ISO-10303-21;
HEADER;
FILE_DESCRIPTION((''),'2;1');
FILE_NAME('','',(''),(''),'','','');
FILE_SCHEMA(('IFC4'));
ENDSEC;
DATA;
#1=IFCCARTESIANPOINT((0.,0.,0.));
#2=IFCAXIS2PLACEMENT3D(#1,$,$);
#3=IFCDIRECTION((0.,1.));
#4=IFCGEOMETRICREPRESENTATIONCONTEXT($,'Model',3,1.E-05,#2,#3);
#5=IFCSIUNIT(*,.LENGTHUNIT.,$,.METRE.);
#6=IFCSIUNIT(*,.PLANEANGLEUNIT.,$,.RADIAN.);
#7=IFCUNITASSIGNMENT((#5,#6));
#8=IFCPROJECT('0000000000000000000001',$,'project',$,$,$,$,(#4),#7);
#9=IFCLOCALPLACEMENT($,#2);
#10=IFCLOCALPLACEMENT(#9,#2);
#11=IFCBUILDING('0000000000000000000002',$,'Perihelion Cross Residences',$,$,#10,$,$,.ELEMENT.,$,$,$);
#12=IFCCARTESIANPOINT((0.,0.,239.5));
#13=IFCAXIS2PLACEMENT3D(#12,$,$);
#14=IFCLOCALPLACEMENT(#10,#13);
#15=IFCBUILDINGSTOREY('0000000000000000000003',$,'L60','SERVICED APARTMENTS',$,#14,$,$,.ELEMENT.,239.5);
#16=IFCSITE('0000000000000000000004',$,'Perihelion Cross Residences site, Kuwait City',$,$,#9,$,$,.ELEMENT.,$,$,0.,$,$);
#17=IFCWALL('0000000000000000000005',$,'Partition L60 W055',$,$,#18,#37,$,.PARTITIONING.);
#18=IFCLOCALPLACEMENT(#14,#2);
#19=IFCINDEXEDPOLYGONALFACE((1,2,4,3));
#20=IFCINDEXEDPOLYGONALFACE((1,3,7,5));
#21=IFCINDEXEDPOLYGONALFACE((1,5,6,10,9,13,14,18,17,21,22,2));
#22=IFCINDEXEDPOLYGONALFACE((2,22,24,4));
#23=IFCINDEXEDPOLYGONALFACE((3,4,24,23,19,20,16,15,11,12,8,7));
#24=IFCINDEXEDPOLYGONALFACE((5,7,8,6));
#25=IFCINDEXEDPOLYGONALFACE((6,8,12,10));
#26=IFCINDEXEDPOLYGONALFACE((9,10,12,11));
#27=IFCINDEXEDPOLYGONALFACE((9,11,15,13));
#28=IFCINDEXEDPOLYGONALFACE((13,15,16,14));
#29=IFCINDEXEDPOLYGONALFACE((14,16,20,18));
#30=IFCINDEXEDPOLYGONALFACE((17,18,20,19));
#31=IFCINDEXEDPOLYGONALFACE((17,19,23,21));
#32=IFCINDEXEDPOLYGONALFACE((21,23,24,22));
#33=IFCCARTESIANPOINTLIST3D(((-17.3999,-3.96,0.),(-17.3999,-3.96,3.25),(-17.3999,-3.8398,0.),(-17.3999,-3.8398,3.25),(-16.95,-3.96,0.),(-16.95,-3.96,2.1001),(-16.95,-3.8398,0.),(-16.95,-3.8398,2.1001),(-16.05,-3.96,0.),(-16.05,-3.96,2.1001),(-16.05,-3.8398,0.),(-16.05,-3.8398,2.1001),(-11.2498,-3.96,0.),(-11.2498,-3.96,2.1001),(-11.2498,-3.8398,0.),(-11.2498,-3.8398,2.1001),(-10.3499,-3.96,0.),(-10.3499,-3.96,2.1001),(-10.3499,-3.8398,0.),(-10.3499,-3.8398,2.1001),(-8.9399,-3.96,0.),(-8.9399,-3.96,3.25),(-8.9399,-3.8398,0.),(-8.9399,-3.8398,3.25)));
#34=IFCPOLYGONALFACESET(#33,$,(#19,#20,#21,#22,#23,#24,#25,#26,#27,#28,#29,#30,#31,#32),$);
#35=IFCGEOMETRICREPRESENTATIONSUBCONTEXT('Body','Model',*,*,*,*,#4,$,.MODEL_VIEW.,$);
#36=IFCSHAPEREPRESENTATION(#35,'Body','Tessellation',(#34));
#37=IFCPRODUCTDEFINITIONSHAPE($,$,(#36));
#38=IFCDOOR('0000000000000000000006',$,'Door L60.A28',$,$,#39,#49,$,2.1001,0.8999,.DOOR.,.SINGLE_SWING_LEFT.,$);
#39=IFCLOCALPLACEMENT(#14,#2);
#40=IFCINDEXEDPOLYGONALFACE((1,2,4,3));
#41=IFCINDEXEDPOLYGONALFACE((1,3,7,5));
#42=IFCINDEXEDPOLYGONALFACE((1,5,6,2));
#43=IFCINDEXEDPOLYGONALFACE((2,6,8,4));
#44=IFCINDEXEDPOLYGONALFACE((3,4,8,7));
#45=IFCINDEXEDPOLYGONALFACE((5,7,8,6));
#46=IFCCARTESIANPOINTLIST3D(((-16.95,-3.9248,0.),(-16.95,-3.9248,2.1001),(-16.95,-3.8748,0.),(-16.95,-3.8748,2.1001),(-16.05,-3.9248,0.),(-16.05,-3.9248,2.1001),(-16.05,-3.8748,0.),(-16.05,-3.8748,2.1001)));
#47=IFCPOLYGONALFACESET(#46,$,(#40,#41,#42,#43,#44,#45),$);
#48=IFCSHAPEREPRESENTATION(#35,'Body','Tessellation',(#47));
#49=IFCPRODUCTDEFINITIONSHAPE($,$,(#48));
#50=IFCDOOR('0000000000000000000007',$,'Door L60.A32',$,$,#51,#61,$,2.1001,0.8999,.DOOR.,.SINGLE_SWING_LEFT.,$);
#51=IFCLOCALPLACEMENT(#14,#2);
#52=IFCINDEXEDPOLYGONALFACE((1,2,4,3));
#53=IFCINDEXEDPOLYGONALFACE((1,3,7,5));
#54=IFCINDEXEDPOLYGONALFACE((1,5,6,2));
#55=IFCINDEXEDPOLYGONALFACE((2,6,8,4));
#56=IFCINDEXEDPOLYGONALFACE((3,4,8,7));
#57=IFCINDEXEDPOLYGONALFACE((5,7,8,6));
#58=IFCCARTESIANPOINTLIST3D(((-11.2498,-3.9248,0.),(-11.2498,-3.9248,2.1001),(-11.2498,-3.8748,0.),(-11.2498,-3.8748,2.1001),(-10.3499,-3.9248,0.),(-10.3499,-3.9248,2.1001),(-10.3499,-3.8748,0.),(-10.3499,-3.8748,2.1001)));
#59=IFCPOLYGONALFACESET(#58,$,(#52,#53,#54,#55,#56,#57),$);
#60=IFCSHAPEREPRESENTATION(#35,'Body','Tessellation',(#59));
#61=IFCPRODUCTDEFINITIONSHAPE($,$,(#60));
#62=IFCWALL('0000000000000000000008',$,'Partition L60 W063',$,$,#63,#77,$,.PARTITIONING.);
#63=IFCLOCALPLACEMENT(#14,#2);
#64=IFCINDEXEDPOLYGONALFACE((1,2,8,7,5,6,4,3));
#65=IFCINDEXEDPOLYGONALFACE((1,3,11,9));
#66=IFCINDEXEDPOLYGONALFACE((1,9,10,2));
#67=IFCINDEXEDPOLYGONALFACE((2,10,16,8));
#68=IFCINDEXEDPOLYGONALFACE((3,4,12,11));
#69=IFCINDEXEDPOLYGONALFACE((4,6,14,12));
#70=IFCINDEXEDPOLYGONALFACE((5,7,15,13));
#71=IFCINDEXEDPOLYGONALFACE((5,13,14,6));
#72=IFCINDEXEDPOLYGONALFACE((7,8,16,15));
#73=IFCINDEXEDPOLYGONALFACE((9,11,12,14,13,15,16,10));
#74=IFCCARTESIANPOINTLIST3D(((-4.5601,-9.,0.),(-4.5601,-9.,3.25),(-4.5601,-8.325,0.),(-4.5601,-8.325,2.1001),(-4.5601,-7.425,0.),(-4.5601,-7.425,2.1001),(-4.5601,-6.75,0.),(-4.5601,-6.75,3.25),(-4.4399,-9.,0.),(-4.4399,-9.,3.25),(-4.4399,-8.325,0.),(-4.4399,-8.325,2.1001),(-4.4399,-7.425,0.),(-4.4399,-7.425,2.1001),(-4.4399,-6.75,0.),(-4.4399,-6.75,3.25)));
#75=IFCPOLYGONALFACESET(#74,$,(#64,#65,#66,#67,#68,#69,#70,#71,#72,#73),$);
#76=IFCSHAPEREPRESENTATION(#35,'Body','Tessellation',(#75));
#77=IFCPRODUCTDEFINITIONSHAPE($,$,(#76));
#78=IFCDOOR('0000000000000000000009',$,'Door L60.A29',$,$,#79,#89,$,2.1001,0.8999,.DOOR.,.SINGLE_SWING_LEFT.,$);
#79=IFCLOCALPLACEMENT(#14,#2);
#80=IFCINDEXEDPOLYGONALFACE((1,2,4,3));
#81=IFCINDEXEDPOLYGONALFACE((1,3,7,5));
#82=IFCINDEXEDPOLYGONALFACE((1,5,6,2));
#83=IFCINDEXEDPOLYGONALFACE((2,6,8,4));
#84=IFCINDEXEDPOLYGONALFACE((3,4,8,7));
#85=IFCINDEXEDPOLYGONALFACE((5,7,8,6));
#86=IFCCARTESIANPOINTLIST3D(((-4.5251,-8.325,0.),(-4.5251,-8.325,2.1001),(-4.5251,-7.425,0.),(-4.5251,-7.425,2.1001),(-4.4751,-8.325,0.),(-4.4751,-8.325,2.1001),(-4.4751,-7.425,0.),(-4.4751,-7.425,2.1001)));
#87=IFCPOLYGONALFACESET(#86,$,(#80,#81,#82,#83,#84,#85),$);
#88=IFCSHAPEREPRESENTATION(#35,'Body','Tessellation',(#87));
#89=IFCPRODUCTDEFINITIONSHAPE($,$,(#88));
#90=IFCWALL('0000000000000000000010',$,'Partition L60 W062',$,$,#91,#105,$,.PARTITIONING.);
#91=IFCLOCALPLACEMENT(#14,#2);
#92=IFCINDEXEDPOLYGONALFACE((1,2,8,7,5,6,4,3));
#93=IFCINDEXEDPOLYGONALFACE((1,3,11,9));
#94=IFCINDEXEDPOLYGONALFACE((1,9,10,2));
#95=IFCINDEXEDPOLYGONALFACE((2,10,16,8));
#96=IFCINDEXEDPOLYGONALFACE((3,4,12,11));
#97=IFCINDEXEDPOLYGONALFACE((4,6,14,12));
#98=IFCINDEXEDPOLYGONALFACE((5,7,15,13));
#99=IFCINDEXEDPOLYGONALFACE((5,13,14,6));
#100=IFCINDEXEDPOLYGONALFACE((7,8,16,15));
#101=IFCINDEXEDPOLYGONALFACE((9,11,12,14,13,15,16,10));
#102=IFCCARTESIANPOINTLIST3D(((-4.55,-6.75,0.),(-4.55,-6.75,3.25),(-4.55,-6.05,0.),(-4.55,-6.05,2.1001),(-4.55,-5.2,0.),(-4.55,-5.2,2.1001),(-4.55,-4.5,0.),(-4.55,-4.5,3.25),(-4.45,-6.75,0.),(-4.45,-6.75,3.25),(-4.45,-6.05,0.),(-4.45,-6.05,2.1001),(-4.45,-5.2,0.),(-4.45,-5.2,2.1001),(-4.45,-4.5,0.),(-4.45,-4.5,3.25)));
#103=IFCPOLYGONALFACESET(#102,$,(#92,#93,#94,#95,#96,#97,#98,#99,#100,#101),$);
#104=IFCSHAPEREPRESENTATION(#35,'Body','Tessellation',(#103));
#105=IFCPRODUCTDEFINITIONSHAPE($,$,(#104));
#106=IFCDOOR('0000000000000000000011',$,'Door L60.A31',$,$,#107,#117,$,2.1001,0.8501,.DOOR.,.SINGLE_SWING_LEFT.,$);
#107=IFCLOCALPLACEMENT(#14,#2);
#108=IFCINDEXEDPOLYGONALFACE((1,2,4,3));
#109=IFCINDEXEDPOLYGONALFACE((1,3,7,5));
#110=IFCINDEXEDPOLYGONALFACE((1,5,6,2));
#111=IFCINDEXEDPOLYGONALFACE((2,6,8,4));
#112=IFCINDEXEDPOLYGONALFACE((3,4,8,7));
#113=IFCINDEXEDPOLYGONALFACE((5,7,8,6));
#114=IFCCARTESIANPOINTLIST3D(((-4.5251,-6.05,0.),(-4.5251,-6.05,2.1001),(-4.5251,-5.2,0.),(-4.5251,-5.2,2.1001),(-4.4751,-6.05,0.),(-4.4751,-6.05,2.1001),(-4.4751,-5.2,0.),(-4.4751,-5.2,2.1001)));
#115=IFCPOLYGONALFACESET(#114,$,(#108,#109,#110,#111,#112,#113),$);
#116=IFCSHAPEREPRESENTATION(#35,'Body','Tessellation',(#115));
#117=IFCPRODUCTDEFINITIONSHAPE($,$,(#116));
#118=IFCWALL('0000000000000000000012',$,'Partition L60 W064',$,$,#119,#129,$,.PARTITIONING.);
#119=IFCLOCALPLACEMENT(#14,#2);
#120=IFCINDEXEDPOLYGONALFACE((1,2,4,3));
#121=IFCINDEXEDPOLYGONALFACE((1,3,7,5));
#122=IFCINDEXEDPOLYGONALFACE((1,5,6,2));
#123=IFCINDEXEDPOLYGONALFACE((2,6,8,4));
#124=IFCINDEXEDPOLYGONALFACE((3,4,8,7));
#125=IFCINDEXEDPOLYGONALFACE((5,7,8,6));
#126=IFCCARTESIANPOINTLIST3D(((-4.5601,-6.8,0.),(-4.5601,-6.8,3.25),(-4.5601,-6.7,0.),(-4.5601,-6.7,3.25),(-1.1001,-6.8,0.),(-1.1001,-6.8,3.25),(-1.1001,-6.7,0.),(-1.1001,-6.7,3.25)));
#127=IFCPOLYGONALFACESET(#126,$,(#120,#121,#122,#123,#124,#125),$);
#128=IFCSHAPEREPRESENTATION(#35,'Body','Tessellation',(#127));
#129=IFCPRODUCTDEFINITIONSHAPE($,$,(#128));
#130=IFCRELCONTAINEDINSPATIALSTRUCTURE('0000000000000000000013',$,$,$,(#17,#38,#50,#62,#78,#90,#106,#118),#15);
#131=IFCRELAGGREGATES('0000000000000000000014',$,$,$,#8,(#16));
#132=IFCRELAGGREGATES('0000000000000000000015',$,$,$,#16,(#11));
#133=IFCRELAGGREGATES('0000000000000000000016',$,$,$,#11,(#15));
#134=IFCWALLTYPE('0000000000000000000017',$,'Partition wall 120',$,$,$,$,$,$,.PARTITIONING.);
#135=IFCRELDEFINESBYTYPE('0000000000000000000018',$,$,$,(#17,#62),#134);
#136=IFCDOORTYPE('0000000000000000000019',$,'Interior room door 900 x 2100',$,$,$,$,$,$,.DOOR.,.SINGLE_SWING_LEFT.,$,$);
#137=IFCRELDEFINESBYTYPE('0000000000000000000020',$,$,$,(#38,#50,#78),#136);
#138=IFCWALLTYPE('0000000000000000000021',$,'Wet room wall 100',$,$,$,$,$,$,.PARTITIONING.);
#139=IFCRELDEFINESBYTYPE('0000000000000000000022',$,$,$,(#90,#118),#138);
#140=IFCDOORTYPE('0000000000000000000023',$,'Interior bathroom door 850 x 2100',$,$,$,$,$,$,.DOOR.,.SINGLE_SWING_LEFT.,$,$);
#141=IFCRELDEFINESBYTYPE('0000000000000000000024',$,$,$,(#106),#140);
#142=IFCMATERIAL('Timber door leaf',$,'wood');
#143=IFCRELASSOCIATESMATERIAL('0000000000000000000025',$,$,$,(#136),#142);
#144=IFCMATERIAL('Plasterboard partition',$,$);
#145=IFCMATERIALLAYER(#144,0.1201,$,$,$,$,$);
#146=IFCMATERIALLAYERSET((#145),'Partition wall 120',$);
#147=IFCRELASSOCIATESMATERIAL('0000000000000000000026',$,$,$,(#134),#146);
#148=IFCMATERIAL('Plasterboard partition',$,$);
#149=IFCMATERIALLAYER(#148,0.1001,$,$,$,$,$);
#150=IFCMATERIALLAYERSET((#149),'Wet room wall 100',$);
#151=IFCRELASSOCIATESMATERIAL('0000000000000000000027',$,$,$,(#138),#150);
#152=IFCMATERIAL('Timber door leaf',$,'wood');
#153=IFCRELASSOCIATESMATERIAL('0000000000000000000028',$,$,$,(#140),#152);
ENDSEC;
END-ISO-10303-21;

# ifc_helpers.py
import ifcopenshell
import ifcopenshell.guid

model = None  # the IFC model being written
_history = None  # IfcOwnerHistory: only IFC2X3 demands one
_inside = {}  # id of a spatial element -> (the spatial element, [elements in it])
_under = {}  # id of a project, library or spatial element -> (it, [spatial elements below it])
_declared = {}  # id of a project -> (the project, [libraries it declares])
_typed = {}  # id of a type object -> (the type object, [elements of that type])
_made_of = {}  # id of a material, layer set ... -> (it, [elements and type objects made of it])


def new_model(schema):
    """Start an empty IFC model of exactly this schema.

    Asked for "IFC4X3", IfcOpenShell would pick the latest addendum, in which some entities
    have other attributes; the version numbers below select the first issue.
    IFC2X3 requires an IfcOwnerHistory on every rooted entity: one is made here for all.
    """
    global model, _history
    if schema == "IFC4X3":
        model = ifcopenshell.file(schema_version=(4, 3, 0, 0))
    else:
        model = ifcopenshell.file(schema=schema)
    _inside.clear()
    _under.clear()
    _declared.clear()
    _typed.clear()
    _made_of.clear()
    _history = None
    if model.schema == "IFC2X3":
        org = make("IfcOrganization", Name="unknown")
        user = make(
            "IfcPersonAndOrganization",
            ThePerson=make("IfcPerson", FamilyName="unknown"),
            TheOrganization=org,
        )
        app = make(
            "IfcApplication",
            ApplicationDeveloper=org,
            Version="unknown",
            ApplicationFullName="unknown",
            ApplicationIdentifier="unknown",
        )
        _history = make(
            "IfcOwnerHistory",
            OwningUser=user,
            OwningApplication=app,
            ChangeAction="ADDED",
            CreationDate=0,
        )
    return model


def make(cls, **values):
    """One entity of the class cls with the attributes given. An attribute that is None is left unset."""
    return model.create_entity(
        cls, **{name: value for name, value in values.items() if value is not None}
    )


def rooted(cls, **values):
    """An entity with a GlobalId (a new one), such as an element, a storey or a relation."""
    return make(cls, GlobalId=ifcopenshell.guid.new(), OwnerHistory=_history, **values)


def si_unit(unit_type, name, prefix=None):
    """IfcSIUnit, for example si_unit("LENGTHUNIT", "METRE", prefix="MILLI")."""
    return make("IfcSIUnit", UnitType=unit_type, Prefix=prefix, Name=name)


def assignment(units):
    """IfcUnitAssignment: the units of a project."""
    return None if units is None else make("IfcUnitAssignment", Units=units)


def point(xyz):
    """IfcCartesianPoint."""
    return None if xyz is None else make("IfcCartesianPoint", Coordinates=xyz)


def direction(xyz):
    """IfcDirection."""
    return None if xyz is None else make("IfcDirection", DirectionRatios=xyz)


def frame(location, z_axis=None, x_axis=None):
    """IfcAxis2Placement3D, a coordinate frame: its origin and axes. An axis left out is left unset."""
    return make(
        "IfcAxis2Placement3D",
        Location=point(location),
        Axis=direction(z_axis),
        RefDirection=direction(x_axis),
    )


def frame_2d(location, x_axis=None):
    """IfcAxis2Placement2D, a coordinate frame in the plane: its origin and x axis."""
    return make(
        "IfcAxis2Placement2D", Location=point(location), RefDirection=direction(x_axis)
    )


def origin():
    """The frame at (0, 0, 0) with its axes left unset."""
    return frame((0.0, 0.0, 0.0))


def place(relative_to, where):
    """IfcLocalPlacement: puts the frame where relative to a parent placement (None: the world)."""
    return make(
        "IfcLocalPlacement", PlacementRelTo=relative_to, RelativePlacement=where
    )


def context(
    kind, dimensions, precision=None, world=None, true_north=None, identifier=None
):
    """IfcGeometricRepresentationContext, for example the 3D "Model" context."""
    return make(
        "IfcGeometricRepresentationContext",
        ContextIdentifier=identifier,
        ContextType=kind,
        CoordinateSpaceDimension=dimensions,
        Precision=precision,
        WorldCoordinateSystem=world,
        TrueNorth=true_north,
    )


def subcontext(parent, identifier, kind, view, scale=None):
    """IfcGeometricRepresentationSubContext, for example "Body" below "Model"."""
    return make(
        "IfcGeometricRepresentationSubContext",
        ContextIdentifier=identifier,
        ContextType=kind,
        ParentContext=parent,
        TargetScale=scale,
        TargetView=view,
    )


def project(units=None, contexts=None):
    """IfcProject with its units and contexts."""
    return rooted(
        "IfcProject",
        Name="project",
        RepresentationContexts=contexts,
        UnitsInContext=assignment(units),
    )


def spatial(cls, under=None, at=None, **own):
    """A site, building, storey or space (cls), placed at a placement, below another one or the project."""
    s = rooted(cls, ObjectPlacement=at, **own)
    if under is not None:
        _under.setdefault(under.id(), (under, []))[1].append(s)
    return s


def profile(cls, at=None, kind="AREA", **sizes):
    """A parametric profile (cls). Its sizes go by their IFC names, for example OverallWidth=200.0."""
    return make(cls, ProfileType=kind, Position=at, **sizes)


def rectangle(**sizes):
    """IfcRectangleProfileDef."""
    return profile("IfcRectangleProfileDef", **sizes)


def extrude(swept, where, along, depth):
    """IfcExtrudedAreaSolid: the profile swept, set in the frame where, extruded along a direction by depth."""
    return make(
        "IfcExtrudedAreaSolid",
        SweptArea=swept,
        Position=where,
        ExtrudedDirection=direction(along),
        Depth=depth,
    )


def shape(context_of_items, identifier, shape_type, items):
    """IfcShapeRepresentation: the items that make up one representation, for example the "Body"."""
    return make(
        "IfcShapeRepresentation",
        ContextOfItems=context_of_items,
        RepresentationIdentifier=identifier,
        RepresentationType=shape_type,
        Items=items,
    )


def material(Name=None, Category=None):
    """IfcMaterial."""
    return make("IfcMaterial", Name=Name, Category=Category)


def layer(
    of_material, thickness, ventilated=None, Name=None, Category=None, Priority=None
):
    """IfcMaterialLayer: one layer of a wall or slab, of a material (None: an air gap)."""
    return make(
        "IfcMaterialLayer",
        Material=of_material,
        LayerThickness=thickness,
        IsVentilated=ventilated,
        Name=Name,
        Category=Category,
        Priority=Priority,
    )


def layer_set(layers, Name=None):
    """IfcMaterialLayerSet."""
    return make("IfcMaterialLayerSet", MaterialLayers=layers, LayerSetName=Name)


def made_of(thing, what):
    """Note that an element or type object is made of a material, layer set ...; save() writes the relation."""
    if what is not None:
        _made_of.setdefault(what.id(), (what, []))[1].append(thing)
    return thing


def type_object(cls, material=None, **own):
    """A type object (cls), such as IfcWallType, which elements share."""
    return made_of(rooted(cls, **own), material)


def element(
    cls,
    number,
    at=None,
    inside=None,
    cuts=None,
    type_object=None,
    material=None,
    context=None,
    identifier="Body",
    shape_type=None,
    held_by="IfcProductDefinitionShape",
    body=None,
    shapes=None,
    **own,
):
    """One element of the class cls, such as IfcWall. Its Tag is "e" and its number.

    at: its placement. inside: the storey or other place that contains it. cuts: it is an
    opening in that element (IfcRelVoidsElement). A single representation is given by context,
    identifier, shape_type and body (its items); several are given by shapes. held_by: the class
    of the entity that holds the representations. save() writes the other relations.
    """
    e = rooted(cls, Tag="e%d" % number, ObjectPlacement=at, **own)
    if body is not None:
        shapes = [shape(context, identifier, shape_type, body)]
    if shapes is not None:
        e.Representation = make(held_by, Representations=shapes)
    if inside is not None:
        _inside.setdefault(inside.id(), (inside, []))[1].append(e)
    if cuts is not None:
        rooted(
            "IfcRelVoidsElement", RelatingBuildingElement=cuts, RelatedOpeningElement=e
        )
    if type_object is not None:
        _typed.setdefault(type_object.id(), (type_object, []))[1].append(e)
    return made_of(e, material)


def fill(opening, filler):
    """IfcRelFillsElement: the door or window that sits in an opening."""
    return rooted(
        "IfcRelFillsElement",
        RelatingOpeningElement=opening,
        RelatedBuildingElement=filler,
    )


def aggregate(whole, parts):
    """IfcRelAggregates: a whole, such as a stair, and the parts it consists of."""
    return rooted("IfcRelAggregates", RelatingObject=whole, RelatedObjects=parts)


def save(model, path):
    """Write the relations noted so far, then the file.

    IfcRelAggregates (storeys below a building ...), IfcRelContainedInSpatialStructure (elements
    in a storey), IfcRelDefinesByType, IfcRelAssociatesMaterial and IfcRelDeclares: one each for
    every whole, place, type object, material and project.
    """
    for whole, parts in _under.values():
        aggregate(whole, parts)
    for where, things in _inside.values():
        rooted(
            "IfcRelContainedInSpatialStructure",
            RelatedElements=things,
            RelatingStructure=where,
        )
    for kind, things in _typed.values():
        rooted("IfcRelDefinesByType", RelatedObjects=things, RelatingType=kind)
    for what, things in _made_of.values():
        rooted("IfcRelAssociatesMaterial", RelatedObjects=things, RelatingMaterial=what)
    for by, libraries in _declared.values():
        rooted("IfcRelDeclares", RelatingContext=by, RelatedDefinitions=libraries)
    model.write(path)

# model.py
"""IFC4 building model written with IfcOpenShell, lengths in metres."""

from ifc_helpers import new_model, si_unit, direction, frame, frame_2d, origin, place, context, subcontext, project, spatial, rectangle, extrude, material, layer, layer_set, type_object, element, fill, save


model = new_model("IFC4")

# Units and contexts
model_context = context("Model", 3, precision=1e-05, world=origin(), true_north=direction((0.0, 1.0)))
body_context = subcontext(model_context, "Body", "Model", "MODEL_VIEW")
ifc_project = project(units=[si_unit("LENGTHUNIT", "METRE"), si_unit("PLANEANGLEUNIT", "RADIAN")], contexts=[model_context])

# Site, building, storey
site_placement = place(None, origin())
site = spatial("IfcSite", under=ifc_project, at=site_placement, Name="Perihelion Cross Residences site, Kuwait City", CompositionType="ELEMENT", RefElevation=0.0)
building_placement = place(site_placement, origin())
building = spatial("IfcBuilding", under=site, at=building_placement, Name="Perihelion Cross Residences", CompositionType="ELEMENT")
storey_placement = place(building_placement, frame((0.0, 0.0, 239.5)))
storey = spatial("IfcBuildingStorey", under=building, at=storey_placement, Name="L60", Description="SERVICED APARTMENTS", CompositionType="ELEMENT", Elevation=239.5)

# Shared definitions
ifc_material_1 = material(Name="Timber door leaf", Category="wood")
door_type_1 = type_object("IfcDoorType", Name="Interior room door 900 x 2100", OperationType="SINGLE_SWING_LEFT", PredefinedType="DOOR", material=ifc_material_1)

# Wall, openings, doors
ifc_material_2 = material(Name="Plasterboard partition")
ifc_layer_1 = layer(ifc_material_2, 0.1201)
ifc_layer_set_1 = layer_set([ifc_layer_1], Name="Partition wall 120")
wall_type_1 = type_object("IfcWallType", Name="Partition wall 120", PredefinedType="PARTITIONING", material=ifc_layer_set_1)
wall_1_placement = place(storey_placement, frame((-8.9399, -3.8999, 0.0), z_axis=(0.0, 0.0, 1.0), x_axis=(-1.0, 0.0, 0.0)))
wall_1 = element("IfcWall", 1, at=wall_1_placement, inside=storey, type_object=wall_type_1, Name="Partition L60 W055", PredefinedType="PARTITIONING", context=body_context, shape_type="SweptSolid", body=[
    extrude(rectangle(XDim=8.46, YDim=0.1201, at=frame_2d((4.23, 0.0))), origin(), (0.0, 0.0, 1.0), 3.25),
])
opening_1_placement = place(wall_1_placement, frame((7.1101, 0.0, 0.0)))
opening_1 = element("IfcOpeningElement", 2, at=opening_1_placement, cuts=wall_1, PredefinedType="OPENING", context=body_context, shape_type="SweptSolid", body=[
    extrude(rectangle(XDim=0.8999, YDim=2.1001, at=frame_2d((0.45, 1.05))), frame((0.0, 0.0701, 0.0), z_axis=(0.0, -1.0, 0.0), x_axis=(1.0, 0.0, 0.0)), (0.0, 0.0, 1.0), 0.1401),
])
opening_2_placement = place(wall_1_placement, frame((1.4099, 0.0, 0.0)))
opening_2 = element("IfcOpeningElement", 3, at=opening_2_placement, cuts=wall_1, PredefinedType="OPENING", context=body_context, shape_type="SweptSolid", body=[
    extrude(rectangle(XDim=0.8999, YDim=2.1001, at=frame_2d((0.45, 1.05))), frame((0.0, 0.0701, 0.0), z_axis=(0.0, -1.0, 0.0), x_axis=(1.0, 0.0, 0.0)), (0.0, 0.0, 1.0), 0.1401),
])
door_1_placement = place(opening_1_placement, origin())
door_1 = element("IfcDoor", 4, at=door_1_placement, inside=storey, type_object=door_type_1, Name="Door L60.A28", OperationType="SINGLE_SWING_LEFT", OverallHeight=2.1001, OverallWidth=0.8999, PredefinedType="DOOR", context=body_context, shape_type="SweptSolid", body=[
    extrude(rectangle(XDim=0.8999, YDim=2.1001, at=frame_2d((0.45, 1.05))), frame((0.0, 0.0249, 0.0), z_axis=(0.0, -1.0, 0.0), x_axis=(1.0, 0.0, 0.0)), (0.0, 0.0, 1.0), 0.05),
])
fill(opening_1, door_1)
door_2_placement = place(opening_2_placement, origin())
door_2 = element("IfcDoor", 5, at=door_2_placement, inside=storey, type_object=door_type_1, Name="Door L60.A32", OperationType="SINGLE_SWING_LEFT", OverallHeight=2.1001, OverallWidth=0.8999, PredefinedType="DOOR", context=body_context, shape_type="SweptSolid", body=[
    extrude(rectangle(XDim=0.8999, YDim=2.1001, at=frame_2d((0.45, 1.05))), frame((0.0, 0.0249, 0.0), z_axis=(0.0, -1.0, 0.0), x_axis=(1.0, 0.0, 0.0)), (0.0, 0.0, 1.0), 0.05),
])
fill(opening_2, door_2)

# Walls, openings, doors
wall_2_placement = place(storey_placement, frame((-4.5, -6.75, 0.0), z_axis=(0.0, 0.0, 1.0), x_axis=(0.0, -1.0, 0.0)))
wall_2 = element("IfcWall", 6, at=wall_2_placement, inside=storey, type_object=wall_type_1, Name="Partition L60 W063", PredefinedType="PARTITIONING", context=body_context, shape_type="SweptSolid", body=[
    extrude(rectangle(XDim=2.25, YDim=0.1201, at=frame_2d((1.125, 0.0))), origin(), (0.0, 0.0, 1.0), 3.25),
])
opening_3_placement = place(wall_2_placement, frame((0.675, 0.0, 0.0)))
opening_3 = element("IfcOpeningElement", 7, at=opening_3_placement, cuts=wall_2, PredefinedType="OPENING", context=body_context, shape_type="SweptSolid", body=[
    extrude(rectangle(XDim=0.8999, YDim=2.1001, at=frame_2d((0.45, 1.05))), frame((0.0, 0.0701, 0.0), z_axis=(0.0, -1.0, 0.0), x_axis=(1.0, 0.0, 0.0)), (0.0, 0.0, 1.0), 0.1401),
])
door_3_placement = place(opening_3_placement, origin())
door_3 = element("IfcDoor", 8, at=door_3_placement, inside=storey, type_object=door_type_1, Name="Door L60.A29", OperationType="SINGLE_SWING_LEFT", OverallHeight=2.1001, OverallWidth=0.8999, PredefinedType="DOOR", context=body_context, shape_type="SweptSolid", body=[
    extrude(rectangle(XDim=0.8999, YDim=2.1001, at=frame_2d((0.45, 1.05))), frame((0.0, 0.0249, 0.0), z_axis=(0.0, -1.0, 0.0), x_axis=(1.0, 0.0, 0.0)), (0.0, 0.0, 1.0), 0.05),
])
fill(opening_3, door_3)
ifc_material_3 = material(Name="Plasterboard partition")
ifc_layer_2 = layer(ifc_material_3, 0.1001)
ifc_layer_set_2 = layer_set([ifc_layer_2], Name="Wet room wall 100")
wall_type_2 = type_object("IfcWallType", Name="Wet room wall 100", PredefinedType="PARTITIONING", material=ifc_layer_set_2)
wall_3_placement = place(storey_placement, frame((-4.5, -4.5, 0.0), z_axis=(0.0, 0.0, 1.0), x_axis=(0.0, -1.0, 0.0)))
wall_3 = element("IfcWall", 9, at=wall_3_placement, inside=storey, type_object=wall_type_2, Name="Partition L60 W062", PredefinedType="PARTITIONING", context=body_context, shape_type="SweptSolid", body=[
    extrude(rectangle(XDim=2.25, YDim=0.1001, at=frame_2d((1.125, 0.0))), origin(), (0.0, 0.0, 1.0), 3.25),
])
opening_4_placement = place(wall_3_placement, frame((0.7, 0.0, 0.0)))
opening_4 = element("IfcOpeningElement", 10, at=opening_4_placement, cuts=wall_3, PredefinedType="OPENING", context=body_context, shape_type="SweptSolid", body=[
    extrude(rectangle(XDim=0.8501, YDim=2.1001, at=frame_2d((0.425, 1.05))), frame((0.0, 0.0601, 0.0), z_axis=(0.0, -1.0, 0.0), x_axis=(1.0, 0.0, 0.0)), (0.0, 0.0, 1.0), 0.1201),
])
ifc_material_4 = material(Name="Timber door leaf", Category="wood")
door_type_2 = type_object("IfcDoorType", Name="Interior bathroom door 850 x 2100", OperationType="SINGLE_SWING_LEFT", PredefinedType="DOOR", material=ifc_material_4)
door_4_placement = place(opening_4_placement, origin())
door_4 = element("IfcDoor", 11, at=door_4_placement, inside=storey, type_object=door_type_2, Name="Door L60.A31", OperationType="SINGLE_SWING_LEFT", OverallHeight=2.1001, OverallWidth=0.8501, PredefinedType="DOOR", context=body_context, shape_type="SweptSolid", body=[
    extrude(rectangle(XDim=0.8501, YDim=2.1001, at=frame_2d((0.425, 1.05))), frame((0.0, 0.0249, 0.0), z_axis=(0.0, -1.0, 0.0), x_axis=(1.0, 0.0, 0.0)), (0.0, 0.0, 1.0), 0.05),
])
fill(opening_4, door_4)

# Wall
wall_4_placement = place(storey_placement, frame((-1.1001, -6.75, 0.0), z_axis=(0.0, 0.0, 1.0), x_axis=(-1.0, 0.0, 0.0)))
element("IfcWall", 12, at=wall_4_placement, inside=storey, type_object=wall_type_2, Name="Partition L60 W064", PredefinedType="PARTITIONING", context=body_context, shape_type="SweptSolid", body=[
    extrude(rectangle(XDim=3.46, YDim=0.1001, at=frame_2d((1.73, 0.0))), origin(), (0.0, 0.0, 1.0), 3.25),
])

save(model, "model.ifc")
